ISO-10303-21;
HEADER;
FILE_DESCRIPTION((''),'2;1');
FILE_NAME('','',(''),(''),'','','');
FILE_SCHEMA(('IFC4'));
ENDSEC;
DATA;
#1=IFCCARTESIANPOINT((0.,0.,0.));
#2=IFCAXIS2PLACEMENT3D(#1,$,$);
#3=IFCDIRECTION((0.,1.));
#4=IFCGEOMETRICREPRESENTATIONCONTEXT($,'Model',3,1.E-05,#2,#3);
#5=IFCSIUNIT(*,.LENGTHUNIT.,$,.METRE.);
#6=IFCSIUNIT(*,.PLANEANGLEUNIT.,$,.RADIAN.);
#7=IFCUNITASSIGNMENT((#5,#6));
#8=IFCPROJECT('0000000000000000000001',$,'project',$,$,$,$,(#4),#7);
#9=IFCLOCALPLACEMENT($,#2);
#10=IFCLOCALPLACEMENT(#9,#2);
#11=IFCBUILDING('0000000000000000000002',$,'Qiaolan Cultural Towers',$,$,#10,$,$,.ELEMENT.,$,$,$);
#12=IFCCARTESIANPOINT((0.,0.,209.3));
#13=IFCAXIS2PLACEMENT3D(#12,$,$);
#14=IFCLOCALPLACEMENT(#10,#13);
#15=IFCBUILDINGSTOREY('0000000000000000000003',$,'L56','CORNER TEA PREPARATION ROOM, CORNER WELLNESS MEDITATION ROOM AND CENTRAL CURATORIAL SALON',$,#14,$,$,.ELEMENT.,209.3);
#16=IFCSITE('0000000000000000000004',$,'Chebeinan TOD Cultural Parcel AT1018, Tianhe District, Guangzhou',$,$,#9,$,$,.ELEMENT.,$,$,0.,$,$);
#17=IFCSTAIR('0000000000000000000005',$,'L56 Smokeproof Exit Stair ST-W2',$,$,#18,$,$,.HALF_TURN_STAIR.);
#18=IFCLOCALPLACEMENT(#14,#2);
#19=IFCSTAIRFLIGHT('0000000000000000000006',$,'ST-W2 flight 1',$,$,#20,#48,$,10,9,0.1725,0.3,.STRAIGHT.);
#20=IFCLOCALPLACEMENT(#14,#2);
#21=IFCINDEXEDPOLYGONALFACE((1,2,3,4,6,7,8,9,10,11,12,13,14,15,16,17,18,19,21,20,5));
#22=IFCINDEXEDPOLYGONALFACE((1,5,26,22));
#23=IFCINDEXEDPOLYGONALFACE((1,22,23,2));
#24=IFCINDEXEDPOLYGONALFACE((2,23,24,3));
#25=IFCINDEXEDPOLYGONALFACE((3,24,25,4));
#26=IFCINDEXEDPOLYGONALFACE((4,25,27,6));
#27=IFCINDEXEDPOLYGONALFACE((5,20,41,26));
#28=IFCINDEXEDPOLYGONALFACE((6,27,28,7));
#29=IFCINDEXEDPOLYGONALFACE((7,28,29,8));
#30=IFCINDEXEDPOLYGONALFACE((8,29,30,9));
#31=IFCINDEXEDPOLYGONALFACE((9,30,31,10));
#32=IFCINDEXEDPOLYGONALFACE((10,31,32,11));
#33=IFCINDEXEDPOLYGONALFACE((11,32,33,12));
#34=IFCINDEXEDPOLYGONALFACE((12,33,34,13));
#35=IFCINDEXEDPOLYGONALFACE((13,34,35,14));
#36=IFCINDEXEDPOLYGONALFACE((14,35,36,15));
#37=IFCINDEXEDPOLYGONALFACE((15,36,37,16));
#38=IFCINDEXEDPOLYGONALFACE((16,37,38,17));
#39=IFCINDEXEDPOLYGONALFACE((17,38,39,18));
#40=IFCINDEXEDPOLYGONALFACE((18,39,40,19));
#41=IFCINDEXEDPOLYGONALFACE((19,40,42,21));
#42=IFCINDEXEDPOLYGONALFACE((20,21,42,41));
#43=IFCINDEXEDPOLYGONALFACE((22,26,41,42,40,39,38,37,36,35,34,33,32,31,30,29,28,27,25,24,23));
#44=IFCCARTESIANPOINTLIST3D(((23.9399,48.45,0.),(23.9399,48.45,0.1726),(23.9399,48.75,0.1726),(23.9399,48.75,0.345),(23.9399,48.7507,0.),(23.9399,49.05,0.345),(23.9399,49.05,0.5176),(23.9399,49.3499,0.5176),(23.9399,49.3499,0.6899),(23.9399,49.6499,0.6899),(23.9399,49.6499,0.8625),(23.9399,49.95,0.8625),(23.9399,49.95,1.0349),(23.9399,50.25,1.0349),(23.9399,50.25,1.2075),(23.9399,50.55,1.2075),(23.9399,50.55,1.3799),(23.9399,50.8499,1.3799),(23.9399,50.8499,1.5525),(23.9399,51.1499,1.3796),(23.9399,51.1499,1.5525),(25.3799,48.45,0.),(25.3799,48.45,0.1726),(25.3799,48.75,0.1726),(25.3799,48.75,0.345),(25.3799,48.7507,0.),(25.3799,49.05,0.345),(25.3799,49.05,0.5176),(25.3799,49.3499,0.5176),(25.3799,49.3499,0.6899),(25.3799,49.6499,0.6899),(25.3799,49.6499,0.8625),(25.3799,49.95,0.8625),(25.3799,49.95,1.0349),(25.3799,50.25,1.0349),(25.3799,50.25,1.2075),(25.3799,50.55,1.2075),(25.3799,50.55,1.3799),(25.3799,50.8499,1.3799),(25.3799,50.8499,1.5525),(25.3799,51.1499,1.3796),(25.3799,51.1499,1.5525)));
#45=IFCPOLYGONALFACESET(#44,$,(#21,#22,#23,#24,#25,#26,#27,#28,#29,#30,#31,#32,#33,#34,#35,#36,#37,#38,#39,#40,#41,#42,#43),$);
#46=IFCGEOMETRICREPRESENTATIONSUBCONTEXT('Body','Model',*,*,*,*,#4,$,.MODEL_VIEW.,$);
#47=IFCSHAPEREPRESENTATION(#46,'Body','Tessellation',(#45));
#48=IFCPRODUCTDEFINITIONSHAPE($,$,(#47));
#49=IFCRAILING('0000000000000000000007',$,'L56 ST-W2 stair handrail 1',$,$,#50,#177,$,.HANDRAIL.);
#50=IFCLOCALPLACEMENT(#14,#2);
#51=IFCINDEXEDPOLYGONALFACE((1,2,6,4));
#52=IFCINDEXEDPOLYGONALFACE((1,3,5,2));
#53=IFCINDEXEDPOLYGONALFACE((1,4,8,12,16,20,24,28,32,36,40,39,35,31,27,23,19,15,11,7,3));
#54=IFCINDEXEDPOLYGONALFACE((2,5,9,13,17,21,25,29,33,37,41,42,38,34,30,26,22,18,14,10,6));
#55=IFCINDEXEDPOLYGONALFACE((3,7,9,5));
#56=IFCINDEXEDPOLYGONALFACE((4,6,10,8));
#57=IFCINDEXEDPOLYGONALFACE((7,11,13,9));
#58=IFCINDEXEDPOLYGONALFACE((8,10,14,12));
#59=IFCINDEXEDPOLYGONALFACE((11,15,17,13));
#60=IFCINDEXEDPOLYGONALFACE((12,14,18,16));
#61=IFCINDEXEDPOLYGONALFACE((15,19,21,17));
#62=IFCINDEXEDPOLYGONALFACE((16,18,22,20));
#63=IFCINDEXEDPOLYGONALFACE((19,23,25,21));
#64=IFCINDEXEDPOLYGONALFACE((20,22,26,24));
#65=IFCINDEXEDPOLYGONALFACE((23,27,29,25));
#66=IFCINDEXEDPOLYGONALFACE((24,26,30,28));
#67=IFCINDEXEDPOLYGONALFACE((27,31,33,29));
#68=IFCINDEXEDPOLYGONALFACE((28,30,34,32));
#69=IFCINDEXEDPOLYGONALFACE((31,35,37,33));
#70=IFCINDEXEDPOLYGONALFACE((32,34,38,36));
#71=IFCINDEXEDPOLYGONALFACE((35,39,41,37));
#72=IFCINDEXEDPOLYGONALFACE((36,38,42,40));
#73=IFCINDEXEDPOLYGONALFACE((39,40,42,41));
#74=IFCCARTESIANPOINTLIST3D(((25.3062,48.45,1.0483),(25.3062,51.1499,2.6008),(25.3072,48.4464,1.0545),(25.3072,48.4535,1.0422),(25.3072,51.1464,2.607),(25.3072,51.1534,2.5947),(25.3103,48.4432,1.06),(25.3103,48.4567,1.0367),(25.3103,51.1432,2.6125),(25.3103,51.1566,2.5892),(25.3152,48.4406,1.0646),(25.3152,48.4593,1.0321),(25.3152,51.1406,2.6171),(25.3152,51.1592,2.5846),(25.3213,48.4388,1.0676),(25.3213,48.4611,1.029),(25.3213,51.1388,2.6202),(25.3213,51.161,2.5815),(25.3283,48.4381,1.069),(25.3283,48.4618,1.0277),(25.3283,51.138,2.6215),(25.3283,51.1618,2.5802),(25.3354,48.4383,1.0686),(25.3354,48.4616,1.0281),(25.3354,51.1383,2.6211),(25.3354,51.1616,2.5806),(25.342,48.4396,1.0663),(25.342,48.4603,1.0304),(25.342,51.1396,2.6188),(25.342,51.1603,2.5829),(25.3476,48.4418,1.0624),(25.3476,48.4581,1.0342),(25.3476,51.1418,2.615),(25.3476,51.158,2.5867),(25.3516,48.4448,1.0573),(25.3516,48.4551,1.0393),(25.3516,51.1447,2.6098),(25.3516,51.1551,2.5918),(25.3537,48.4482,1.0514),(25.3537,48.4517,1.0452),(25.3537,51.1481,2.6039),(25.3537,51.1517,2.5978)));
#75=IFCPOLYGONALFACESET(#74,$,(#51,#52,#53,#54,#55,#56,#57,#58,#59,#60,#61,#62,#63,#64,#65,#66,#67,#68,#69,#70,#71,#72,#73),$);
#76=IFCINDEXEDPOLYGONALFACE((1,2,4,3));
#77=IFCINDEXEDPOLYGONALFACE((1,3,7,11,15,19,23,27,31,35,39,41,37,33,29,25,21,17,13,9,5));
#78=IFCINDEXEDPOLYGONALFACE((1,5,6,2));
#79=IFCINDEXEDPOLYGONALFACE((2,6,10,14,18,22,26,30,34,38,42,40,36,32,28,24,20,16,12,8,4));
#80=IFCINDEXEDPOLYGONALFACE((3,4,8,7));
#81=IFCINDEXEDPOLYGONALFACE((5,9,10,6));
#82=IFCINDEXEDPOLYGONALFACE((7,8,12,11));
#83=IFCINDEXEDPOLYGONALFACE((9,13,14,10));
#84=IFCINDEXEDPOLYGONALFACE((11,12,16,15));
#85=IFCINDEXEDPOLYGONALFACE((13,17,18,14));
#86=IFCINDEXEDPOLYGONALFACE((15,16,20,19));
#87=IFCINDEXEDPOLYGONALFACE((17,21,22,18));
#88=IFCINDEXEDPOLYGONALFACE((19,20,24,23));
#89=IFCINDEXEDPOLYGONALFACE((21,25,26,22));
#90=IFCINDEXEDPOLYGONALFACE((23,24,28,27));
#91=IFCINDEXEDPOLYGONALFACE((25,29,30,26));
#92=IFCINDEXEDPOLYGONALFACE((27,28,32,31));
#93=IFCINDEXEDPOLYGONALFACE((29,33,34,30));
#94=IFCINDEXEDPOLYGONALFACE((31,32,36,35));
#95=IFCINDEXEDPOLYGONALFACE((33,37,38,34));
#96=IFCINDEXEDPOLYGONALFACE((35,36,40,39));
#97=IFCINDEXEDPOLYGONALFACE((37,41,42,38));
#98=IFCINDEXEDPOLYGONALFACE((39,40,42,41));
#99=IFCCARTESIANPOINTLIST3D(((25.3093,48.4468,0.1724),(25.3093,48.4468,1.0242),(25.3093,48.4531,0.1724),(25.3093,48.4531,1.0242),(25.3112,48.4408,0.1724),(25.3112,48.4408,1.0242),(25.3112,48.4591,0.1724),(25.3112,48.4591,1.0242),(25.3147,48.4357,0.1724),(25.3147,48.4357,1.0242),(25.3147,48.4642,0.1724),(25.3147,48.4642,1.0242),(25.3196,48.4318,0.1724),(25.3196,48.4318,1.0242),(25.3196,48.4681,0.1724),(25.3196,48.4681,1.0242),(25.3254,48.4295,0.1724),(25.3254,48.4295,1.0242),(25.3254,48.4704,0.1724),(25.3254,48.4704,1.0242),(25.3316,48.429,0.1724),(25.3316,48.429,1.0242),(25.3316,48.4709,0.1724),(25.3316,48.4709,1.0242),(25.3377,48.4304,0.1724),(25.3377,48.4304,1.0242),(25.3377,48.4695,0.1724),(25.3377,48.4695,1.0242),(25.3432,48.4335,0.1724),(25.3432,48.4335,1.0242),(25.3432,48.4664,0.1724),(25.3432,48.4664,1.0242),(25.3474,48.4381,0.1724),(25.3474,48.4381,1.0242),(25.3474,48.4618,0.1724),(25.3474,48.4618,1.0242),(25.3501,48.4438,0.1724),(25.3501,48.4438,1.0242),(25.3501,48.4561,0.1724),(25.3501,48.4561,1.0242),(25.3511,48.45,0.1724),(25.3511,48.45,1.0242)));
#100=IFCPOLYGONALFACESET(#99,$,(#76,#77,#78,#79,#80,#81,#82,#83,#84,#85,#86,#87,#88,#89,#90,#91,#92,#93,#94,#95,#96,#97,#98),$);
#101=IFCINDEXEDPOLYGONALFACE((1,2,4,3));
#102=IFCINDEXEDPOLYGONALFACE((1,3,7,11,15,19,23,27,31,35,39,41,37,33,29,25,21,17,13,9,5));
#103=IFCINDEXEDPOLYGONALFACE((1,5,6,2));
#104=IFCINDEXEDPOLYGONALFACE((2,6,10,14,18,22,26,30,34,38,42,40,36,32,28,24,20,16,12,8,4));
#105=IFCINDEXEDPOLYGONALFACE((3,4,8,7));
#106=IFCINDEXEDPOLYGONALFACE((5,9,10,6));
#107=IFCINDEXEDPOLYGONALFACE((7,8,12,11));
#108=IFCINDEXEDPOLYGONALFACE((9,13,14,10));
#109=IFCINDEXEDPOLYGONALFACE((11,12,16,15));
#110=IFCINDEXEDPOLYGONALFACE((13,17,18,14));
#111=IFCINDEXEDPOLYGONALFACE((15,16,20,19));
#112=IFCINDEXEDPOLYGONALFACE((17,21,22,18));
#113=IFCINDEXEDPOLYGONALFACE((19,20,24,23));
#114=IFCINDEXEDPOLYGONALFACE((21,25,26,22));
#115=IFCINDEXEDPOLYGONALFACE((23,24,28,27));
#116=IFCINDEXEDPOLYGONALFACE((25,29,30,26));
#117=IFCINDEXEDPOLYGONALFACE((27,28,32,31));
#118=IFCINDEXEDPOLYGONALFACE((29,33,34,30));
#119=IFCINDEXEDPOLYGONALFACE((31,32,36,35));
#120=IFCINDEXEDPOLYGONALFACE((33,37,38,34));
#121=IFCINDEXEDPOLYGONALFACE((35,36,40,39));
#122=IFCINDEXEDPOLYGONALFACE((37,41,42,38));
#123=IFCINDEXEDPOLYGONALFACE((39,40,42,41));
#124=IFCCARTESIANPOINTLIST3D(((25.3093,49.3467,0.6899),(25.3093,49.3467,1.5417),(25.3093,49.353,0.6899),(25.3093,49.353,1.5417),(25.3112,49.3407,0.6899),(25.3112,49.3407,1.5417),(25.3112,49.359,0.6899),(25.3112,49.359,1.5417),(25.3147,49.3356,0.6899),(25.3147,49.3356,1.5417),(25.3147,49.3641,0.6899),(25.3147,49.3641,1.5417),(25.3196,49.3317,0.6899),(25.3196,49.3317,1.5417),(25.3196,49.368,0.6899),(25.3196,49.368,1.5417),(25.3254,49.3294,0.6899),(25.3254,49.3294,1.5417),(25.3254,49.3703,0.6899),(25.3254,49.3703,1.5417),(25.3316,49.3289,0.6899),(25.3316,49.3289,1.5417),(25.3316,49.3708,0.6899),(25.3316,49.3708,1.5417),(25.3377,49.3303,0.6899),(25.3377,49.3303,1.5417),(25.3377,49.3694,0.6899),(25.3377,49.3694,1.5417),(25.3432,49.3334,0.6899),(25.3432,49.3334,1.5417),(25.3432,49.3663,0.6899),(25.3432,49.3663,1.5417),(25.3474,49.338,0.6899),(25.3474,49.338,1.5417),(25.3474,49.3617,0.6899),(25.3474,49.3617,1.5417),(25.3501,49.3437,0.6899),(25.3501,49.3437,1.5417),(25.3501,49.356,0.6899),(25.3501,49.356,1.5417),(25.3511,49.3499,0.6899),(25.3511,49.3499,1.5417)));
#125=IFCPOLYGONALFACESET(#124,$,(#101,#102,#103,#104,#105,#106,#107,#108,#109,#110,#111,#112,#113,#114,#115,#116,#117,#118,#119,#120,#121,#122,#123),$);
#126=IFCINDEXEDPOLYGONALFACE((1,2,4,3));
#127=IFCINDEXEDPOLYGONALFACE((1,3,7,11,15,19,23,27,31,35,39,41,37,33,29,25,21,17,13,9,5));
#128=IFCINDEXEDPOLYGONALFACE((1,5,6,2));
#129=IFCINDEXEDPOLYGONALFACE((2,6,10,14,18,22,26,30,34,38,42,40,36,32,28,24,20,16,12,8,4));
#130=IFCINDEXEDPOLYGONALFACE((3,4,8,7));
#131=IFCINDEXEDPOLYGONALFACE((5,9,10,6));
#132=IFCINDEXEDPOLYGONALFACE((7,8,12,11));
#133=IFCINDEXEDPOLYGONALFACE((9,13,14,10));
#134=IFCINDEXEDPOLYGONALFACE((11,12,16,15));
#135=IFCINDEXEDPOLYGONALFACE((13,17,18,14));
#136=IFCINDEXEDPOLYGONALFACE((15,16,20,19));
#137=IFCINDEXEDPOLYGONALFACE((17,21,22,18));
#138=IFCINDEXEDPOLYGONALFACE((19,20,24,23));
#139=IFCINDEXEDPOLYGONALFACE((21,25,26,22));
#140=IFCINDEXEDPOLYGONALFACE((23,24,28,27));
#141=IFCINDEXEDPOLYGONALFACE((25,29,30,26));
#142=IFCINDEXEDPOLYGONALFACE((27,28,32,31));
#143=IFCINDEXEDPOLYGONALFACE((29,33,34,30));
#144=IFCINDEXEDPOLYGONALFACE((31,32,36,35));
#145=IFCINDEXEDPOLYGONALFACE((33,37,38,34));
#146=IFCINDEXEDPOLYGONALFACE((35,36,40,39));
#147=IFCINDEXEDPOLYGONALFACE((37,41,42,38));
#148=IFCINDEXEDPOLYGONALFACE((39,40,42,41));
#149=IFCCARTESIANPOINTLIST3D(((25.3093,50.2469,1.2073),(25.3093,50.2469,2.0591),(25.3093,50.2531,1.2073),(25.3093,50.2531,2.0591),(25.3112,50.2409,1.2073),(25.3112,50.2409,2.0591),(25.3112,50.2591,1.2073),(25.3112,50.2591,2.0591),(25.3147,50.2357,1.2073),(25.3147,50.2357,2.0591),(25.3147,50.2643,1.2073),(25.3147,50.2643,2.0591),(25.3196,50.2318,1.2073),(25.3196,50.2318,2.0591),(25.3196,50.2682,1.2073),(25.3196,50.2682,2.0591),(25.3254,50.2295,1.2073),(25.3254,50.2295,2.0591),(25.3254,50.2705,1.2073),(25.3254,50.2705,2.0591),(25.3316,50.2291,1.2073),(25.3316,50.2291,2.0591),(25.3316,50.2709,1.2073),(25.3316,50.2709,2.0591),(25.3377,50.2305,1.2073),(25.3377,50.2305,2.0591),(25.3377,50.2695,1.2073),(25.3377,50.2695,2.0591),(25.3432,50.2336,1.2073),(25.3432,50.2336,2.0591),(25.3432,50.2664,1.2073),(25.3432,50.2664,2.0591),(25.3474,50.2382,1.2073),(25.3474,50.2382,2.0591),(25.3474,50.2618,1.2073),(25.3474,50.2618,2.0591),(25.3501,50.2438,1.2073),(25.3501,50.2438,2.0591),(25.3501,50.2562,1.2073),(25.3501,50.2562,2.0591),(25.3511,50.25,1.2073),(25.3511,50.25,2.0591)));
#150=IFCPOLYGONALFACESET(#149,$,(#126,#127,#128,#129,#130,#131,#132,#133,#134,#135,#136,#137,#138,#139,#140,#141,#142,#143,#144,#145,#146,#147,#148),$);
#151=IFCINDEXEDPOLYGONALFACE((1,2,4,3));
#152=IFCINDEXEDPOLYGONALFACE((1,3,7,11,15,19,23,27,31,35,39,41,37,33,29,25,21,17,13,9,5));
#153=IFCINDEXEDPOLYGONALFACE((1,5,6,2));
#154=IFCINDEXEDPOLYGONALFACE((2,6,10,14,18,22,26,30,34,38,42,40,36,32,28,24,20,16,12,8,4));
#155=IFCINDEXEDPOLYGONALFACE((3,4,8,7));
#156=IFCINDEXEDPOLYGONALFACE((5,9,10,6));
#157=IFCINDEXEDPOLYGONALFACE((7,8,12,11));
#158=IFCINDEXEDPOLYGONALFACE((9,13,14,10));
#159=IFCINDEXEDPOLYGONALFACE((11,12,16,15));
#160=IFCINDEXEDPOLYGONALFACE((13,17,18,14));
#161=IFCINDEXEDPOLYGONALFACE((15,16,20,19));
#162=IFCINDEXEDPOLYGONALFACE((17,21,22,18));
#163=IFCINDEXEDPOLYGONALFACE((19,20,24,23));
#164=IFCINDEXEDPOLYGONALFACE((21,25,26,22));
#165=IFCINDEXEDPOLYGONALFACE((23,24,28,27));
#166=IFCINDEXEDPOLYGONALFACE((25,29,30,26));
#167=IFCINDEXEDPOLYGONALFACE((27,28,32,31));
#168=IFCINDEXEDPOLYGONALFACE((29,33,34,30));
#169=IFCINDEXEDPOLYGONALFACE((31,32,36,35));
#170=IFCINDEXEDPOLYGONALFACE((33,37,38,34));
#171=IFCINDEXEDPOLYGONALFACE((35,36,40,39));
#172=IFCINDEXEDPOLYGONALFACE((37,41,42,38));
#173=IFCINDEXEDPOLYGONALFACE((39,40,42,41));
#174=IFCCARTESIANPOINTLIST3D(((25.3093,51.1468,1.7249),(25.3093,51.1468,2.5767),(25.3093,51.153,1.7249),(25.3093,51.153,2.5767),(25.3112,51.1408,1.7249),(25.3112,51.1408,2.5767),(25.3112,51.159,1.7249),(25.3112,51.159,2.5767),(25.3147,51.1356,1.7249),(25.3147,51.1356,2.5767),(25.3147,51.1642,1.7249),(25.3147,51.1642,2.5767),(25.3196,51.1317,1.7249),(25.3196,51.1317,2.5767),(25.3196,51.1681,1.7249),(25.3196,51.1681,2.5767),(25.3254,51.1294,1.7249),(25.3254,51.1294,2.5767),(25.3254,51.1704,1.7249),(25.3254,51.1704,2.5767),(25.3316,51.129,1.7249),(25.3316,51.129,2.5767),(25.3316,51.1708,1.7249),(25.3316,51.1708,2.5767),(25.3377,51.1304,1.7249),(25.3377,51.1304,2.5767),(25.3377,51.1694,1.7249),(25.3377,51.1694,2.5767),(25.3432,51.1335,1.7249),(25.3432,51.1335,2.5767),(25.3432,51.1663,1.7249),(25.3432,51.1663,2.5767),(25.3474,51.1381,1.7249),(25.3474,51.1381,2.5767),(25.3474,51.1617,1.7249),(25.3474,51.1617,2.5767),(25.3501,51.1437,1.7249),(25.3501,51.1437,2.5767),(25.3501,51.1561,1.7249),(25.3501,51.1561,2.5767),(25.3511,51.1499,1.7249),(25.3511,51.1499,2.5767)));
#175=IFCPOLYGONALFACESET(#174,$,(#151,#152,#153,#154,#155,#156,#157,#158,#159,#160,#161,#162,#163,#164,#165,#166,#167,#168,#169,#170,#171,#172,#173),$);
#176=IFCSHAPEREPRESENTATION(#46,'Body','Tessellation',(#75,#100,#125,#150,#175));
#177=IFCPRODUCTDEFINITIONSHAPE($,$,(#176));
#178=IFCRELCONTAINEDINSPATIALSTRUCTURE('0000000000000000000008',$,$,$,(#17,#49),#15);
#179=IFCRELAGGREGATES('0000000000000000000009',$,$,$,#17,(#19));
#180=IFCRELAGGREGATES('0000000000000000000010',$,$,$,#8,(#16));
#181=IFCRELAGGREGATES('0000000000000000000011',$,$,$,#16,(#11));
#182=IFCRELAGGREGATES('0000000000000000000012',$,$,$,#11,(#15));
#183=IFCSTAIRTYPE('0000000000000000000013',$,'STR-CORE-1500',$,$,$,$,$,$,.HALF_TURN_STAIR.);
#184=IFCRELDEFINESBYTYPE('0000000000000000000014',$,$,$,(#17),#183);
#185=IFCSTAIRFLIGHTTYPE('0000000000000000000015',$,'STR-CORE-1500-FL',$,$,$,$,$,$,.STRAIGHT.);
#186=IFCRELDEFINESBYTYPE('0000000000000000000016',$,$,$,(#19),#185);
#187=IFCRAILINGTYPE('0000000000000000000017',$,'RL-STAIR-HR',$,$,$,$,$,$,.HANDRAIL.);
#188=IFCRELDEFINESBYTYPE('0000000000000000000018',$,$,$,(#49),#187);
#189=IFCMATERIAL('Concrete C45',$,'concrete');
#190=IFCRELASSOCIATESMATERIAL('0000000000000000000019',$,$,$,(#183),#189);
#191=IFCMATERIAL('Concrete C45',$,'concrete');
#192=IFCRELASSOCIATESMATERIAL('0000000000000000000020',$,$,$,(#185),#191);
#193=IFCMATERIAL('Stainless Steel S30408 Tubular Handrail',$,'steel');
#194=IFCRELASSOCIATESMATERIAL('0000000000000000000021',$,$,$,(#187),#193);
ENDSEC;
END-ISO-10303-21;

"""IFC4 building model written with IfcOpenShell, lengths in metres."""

from ifc_helpers import new_model, si_unit, direction, frame, origin, origin_2d, place, context, subcontext, project, spatial, polyline, circle, outline, extrude, material, type_object, element, aggregate, save


model = new_model("IFC4")

# Units and contexts
model_context = context("Model", 3, precision=1e-05, world=origin(), true_north=direction((0.0, 1.0)))
body_context = subcontext(model_context, "Body", "Model", "MODEL_VIEW")
ifc_project = project(units=[si_unit("LENGTHUNIT", "METRE"), si_unit("PLANEANGLEUNIT", "RADIAN")], contexts=[model_context])

# Site, building, storey
site_placement = place(None, origin())
site = spatial("IfcSite", under=ifc_project, at=site_placement, Name="Chebeinan TOD Cultural Parcel AT1018, Tianhe District, Guangzhou", CompositionType="ELEMENT", RefElevation=0.0)
building_placement = place(site_placement, origin())
building = spatial("IfcBuilding", under=site, at=building_placement, Name="Qiaolan Cultural Towers", CompositionType="ELEMENT")
storey_placement = place(building_placement, frame((0.0, 0.0, 209.3)))
storey = spatial("IfcBuildingStorey", under=building, at=storey_placement, Name="L56", Description="CORNER TEA PREPARATION ROOM, CORNER WELLNESS MEDITATION ROOM AND CENTRAL CURATORIAL SALON", CompositionType="ELEMENT", Elevation=209.3)

# Stair, stair flight
ifc_material_1 = material(Name="Concrete C45", Category="concrete")
stair_type = type_object("IfcStairType", Name="STR-CORE-1500", PredefinedType="HALF_TURN_STAIR", material=ifc_material_1)
stair_placement = place(storey_placement, origin())
stair = element("IfcStair", 1, at=stair_placement, inside=storey, type_object=stair_type, Name="L56 Smokeproof Exit Stair ST-W2", PredefinedType="HALF_TURN_STAIR")
ifc_material_2 = material(Name="Concrete C45", Category="concrete")
stair_flight_type = type_object("IfcStairFlightType", Name="STR-CORE-1500-FL", PredefinedType="STRAIGHT", material=ifc_material_2)
stair_flight_placement = place(storey_placement, frame((24.6599, 48.45, 0.0), z_axis=(0.0, 0.0, 1.0), x_axis=(0.0, 1.0, 0.0)))
stair_flight = element("IfcStairFlight", 2, at=stair_flight_placement, type_object=stair_flight_type, Name="ST-W2 flight 1", NumberOfRisers=10, NumberOfTreads=9, PredefinedType="STRAIGHT", RiserHeight=0.1725, TreadLength=0.3, context=body_context, shape_type="SweptSolid", body=[
    extrude(outline(polyline([(0.0, 0.0), (0.0, 0.1726), (0.3, 0.1726), (0.3, 0.345), (0.6001, 0.345), (0.6001, 0.5176), (0.8999, 0.5176), (0.8999, 0.6899), (1.2, 0.6899), (1.2, 0.8625), (1.5, 0.8625), (1.5, 1.0349), (1.8, 1.0349), (1.8, 1.2075), (2.1001, 1.2075), (2.1001, 1.3799), (2.3999, 1.3799), (2.3999, 1.5525), (2.7, 1.5525), (2.7, 1.7251), (2.7, 1.3796), (0.3008, 0.0), (0.0, 0.0)])), frame((0.0, 0.72, 0.0), z_axis=(0.0, -1.0, 0.0), x_axis=(1.0, 0.0, 0.0)), (0.0, 0.0, 1.0), 1.4399),
])
aggregate(stair, [stair_flight])

# Railing
ifc_material_3 = material(Name="Stainless Steel S30408 Tubular Handrail", Category="steel")
railing_type = type_object("IfcRailingType", Name="RL-STAIR-HR", PredefinedType="HANDRAIL", material=ifc_material_3)
railing_placement = place(storey_placement, frame((25.3301, 48.45, 0.1724)))
element("IfcRailing", 3, at=railing_placement, inside=storey, type_object=railing_type, Name="L56 ST-W2 stair handrail 1", PredefinedType="HANDRAIL", context=body_context, shape_type="SweptSolid", body=[
    extrude(circle(Radius=0.0239, at=origin_2d()), frame((0.0, 0.0, 0.876), z_axis=(0.0, 0.866904, 0.498476), x_axis=(-1.0, 0.0, 0.0)), (0.0, 0.0, 1.0), 3.1145),
    extrude(circle(Radius=0.021, at=origin_2d()), origin(), (0.0, 0.0, 1.0), 0.8518),
    extrude(circle(Radius=0.021, at=origin_2d()), frame((0.0, 0.8999, 0.5176)), (0.0, 0.0, 1.0), 0.8518),
    extrude(circle(Radius=0.021, at=origin_2d()), frame((0.0, 1.8, 1.0349)), (0.0, 0.0, 1.0), 0.8518),
    extrude(circle(Radius=0.021, at=origin_2d()), frame((0.0, 2.7, 1.5525)), (0.0, 0.0, 1.0), 0.8518),
])

save(model, "model.ifc")
